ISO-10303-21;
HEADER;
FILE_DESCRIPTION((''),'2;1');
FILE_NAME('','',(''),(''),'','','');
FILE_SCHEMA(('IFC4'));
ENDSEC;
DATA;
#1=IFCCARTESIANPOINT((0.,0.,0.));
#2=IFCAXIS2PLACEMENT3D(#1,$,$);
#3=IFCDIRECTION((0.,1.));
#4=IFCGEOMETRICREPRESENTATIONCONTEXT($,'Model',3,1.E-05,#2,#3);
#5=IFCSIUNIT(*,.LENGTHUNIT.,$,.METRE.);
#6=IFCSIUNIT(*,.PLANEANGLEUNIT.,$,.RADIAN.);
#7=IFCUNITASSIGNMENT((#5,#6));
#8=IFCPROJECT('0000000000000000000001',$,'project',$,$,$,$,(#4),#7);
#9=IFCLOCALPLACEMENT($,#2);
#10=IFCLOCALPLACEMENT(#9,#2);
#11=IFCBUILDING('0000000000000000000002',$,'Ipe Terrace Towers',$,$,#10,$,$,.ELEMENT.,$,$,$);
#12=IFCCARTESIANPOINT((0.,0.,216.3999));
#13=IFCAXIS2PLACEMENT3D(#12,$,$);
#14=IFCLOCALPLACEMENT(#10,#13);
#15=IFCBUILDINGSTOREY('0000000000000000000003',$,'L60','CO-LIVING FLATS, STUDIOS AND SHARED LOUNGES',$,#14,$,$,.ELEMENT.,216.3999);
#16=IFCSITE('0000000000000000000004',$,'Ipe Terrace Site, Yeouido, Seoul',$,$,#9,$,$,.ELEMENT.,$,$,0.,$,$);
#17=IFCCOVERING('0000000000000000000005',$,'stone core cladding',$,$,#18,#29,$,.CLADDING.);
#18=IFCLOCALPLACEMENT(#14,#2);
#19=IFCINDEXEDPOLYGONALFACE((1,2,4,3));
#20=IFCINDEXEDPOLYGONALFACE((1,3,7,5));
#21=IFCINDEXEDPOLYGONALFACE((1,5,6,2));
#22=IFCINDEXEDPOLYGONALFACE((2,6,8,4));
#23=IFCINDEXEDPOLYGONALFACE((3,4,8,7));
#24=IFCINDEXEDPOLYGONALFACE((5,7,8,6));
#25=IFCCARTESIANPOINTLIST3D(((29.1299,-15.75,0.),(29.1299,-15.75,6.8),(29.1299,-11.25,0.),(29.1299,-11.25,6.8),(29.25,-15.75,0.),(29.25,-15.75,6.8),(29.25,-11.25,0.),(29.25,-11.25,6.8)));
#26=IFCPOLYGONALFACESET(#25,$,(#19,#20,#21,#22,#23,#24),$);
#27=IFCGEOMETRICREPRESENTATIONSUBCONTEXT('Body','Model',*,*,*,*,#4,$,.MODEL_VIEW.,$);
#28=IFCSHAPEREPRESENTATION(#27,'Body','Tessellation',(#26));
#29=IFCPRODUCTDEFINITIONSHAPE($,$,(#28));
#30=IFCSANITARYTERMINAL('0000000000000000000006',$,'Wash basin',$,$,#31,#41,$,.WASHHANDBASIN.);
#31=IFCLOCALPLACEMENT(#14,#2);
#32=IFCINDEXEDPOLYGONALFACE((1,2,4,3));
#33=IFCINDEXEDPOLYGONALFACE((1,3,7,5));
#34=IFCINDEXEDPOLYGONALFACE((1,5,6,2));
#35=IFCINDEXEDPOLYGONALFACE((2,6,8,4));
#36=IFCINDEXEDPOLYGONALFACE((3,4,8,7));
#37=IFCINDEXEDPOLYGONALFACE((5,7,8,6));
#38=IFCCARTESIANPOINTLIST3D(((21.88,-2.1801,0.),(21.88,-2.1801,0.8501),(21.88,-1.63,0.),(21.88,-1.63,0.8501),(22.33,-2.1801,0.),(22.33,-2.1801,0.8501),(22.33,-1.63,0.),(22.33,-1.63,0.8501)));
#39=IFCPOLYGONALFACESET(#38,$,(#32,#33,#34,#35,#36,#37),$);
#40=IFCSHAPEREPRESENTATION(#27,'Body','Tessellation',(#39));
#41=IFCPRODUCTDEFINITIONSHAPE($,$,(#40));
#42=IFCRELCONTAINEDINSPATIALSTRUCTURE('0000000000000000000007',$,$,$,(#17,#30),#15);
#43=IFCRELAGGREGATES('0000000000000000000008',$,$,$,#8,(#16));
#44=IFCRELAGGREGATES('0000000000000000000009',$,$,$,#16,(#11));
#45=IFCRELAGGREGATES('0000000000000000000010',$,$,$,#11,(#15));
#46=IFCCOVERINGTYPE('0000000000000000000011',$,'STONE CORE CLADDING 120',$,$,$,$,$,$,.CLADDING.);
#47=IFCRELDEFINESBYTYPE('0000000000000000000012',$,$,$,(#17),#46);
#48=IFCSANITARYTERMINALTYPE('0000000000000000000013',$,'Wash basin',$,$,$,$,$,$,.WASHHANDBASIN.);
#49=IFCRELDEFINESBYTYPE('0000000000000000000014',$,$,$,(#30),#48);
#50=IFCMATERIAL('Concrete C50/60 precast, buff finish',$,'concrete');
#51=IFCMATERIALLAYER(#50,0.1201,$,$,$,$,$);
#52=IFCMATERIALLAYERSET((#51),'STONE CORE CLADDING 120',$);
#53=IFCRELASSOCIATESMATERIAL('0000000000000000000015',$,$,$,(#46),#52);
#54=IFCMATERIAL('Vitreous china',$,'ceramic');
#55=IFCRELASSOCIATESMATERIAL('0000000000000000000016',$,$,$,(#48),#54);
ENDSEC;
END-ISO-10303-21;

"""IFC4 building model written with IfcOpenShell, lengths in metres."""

from ifc_helpers import new_model, si_unit, direction, frame, origin, origin_2d, place, context, subcontext, project, spatial, rectangle, extrude, material, layer, layer_set, type_object, element, save


model = new_model("IFC4")

# Units and contexts
model_context = context("Model", 3, precision=1e-05, world=origin(), true_north=direction((0.0, 1.0)))
body_context = subcontext(model_context, "Body", "Model", "MODEL_VIEW")
ifc_project = project(units=[si_unit("LENGTHUNIT", "METRE"), si_unit("PLANEANGLEUNIT", "RADIAN")], contexts=[model_context])

# Site, building, storey
site_placement = place(None, origin())
site = spatial("IfcSite", under=ifc_project, at=site_placement, Name="Ipe Terrace Site, Yeouido, Seoul", CompositionType="ELEMENT", RefElevation=0.0)
building_placement = place(site_placement, origin())
building = spatial("IfcBuilding", under=site, at=building_placement, Name="Ipe Terrace Towers", CompositionType="ELEMENT")
storey_placement = place(building_placement, frame((0.0, 0.0, 216.3999)))
storey = spatial("IfcBuildingStorey", under=building, at=storey_placement, Name="L60", Description="CO-LIVING FLATS, STUDIOS AND SHARED LOUNGES", CompositionType="ELEMENT", Elevation=216.3999)

# Covering
ifc_material_1 = material(Name="Concrete C50/60 precast, buff finish", Category="concrete")
ifc_layer_1 = layer(ifc_material_1, 0.1201)
ifc_layer_set_1 = layer_set([ifc_layer_1], Name="STONE CORE CLADDING 120")
covering_type = type_object("IfcCoveringType", Name="STONE CORE CLADDING 120", PredefinedType="CLADDING", material=ifc_layer_set_1)
covering_placement = place(storey_placement, frame((29.1899, -13.5, 0.0), z_axis=(0.0, 0.0, 1.0), x_axis=(0.0, -1.0, 0.0)))
element("IfcCovering", 1, at=covering_placement, inside=storey, type_object=covering_type, Name="stone core cladding", PredefinedType="CLADDING", context=body_context, shape_type="SweptSolid", body=[
    extrude(rectangle(XDim=4.5, YDim=0.1201, at=origin_2d()), origin(), (0.0, 0.0, 1.0), 6.8),
])

# Sanitary terminal
ifc_material_2 = material(Name="Vitreous china", Category="ceramic")
sanitary_terminal_type = type_object("IfcSanitaryTerminalType", Name="Wash basin", PredefinedType="WASHHANDBASIN", material=ifc_material_2)
sanitary_terminal_placement = place(storey_placement, frame((22.105, -1.905, 0.0), z_axis=(0.0, 0.0, 1.0), x_axis=(0.0, 1.0, 0.0)))
element("IfcSanitaryTerminal", 2, at=sanitary_terminal_placement, inside=storey, type_object=sanitary_terminal_type, Name="Wash basin", PredefinedType="WASHHANDBASIN", context=body_context, shape_type="SweptSolid", body=[
    extrude(rectangle(XDim=0.55, YDim=0.45, at=origin_2d()), origin(), (0.0, 0.0, 1.0), 0.8501),
])

save(model, "model.ifc")
